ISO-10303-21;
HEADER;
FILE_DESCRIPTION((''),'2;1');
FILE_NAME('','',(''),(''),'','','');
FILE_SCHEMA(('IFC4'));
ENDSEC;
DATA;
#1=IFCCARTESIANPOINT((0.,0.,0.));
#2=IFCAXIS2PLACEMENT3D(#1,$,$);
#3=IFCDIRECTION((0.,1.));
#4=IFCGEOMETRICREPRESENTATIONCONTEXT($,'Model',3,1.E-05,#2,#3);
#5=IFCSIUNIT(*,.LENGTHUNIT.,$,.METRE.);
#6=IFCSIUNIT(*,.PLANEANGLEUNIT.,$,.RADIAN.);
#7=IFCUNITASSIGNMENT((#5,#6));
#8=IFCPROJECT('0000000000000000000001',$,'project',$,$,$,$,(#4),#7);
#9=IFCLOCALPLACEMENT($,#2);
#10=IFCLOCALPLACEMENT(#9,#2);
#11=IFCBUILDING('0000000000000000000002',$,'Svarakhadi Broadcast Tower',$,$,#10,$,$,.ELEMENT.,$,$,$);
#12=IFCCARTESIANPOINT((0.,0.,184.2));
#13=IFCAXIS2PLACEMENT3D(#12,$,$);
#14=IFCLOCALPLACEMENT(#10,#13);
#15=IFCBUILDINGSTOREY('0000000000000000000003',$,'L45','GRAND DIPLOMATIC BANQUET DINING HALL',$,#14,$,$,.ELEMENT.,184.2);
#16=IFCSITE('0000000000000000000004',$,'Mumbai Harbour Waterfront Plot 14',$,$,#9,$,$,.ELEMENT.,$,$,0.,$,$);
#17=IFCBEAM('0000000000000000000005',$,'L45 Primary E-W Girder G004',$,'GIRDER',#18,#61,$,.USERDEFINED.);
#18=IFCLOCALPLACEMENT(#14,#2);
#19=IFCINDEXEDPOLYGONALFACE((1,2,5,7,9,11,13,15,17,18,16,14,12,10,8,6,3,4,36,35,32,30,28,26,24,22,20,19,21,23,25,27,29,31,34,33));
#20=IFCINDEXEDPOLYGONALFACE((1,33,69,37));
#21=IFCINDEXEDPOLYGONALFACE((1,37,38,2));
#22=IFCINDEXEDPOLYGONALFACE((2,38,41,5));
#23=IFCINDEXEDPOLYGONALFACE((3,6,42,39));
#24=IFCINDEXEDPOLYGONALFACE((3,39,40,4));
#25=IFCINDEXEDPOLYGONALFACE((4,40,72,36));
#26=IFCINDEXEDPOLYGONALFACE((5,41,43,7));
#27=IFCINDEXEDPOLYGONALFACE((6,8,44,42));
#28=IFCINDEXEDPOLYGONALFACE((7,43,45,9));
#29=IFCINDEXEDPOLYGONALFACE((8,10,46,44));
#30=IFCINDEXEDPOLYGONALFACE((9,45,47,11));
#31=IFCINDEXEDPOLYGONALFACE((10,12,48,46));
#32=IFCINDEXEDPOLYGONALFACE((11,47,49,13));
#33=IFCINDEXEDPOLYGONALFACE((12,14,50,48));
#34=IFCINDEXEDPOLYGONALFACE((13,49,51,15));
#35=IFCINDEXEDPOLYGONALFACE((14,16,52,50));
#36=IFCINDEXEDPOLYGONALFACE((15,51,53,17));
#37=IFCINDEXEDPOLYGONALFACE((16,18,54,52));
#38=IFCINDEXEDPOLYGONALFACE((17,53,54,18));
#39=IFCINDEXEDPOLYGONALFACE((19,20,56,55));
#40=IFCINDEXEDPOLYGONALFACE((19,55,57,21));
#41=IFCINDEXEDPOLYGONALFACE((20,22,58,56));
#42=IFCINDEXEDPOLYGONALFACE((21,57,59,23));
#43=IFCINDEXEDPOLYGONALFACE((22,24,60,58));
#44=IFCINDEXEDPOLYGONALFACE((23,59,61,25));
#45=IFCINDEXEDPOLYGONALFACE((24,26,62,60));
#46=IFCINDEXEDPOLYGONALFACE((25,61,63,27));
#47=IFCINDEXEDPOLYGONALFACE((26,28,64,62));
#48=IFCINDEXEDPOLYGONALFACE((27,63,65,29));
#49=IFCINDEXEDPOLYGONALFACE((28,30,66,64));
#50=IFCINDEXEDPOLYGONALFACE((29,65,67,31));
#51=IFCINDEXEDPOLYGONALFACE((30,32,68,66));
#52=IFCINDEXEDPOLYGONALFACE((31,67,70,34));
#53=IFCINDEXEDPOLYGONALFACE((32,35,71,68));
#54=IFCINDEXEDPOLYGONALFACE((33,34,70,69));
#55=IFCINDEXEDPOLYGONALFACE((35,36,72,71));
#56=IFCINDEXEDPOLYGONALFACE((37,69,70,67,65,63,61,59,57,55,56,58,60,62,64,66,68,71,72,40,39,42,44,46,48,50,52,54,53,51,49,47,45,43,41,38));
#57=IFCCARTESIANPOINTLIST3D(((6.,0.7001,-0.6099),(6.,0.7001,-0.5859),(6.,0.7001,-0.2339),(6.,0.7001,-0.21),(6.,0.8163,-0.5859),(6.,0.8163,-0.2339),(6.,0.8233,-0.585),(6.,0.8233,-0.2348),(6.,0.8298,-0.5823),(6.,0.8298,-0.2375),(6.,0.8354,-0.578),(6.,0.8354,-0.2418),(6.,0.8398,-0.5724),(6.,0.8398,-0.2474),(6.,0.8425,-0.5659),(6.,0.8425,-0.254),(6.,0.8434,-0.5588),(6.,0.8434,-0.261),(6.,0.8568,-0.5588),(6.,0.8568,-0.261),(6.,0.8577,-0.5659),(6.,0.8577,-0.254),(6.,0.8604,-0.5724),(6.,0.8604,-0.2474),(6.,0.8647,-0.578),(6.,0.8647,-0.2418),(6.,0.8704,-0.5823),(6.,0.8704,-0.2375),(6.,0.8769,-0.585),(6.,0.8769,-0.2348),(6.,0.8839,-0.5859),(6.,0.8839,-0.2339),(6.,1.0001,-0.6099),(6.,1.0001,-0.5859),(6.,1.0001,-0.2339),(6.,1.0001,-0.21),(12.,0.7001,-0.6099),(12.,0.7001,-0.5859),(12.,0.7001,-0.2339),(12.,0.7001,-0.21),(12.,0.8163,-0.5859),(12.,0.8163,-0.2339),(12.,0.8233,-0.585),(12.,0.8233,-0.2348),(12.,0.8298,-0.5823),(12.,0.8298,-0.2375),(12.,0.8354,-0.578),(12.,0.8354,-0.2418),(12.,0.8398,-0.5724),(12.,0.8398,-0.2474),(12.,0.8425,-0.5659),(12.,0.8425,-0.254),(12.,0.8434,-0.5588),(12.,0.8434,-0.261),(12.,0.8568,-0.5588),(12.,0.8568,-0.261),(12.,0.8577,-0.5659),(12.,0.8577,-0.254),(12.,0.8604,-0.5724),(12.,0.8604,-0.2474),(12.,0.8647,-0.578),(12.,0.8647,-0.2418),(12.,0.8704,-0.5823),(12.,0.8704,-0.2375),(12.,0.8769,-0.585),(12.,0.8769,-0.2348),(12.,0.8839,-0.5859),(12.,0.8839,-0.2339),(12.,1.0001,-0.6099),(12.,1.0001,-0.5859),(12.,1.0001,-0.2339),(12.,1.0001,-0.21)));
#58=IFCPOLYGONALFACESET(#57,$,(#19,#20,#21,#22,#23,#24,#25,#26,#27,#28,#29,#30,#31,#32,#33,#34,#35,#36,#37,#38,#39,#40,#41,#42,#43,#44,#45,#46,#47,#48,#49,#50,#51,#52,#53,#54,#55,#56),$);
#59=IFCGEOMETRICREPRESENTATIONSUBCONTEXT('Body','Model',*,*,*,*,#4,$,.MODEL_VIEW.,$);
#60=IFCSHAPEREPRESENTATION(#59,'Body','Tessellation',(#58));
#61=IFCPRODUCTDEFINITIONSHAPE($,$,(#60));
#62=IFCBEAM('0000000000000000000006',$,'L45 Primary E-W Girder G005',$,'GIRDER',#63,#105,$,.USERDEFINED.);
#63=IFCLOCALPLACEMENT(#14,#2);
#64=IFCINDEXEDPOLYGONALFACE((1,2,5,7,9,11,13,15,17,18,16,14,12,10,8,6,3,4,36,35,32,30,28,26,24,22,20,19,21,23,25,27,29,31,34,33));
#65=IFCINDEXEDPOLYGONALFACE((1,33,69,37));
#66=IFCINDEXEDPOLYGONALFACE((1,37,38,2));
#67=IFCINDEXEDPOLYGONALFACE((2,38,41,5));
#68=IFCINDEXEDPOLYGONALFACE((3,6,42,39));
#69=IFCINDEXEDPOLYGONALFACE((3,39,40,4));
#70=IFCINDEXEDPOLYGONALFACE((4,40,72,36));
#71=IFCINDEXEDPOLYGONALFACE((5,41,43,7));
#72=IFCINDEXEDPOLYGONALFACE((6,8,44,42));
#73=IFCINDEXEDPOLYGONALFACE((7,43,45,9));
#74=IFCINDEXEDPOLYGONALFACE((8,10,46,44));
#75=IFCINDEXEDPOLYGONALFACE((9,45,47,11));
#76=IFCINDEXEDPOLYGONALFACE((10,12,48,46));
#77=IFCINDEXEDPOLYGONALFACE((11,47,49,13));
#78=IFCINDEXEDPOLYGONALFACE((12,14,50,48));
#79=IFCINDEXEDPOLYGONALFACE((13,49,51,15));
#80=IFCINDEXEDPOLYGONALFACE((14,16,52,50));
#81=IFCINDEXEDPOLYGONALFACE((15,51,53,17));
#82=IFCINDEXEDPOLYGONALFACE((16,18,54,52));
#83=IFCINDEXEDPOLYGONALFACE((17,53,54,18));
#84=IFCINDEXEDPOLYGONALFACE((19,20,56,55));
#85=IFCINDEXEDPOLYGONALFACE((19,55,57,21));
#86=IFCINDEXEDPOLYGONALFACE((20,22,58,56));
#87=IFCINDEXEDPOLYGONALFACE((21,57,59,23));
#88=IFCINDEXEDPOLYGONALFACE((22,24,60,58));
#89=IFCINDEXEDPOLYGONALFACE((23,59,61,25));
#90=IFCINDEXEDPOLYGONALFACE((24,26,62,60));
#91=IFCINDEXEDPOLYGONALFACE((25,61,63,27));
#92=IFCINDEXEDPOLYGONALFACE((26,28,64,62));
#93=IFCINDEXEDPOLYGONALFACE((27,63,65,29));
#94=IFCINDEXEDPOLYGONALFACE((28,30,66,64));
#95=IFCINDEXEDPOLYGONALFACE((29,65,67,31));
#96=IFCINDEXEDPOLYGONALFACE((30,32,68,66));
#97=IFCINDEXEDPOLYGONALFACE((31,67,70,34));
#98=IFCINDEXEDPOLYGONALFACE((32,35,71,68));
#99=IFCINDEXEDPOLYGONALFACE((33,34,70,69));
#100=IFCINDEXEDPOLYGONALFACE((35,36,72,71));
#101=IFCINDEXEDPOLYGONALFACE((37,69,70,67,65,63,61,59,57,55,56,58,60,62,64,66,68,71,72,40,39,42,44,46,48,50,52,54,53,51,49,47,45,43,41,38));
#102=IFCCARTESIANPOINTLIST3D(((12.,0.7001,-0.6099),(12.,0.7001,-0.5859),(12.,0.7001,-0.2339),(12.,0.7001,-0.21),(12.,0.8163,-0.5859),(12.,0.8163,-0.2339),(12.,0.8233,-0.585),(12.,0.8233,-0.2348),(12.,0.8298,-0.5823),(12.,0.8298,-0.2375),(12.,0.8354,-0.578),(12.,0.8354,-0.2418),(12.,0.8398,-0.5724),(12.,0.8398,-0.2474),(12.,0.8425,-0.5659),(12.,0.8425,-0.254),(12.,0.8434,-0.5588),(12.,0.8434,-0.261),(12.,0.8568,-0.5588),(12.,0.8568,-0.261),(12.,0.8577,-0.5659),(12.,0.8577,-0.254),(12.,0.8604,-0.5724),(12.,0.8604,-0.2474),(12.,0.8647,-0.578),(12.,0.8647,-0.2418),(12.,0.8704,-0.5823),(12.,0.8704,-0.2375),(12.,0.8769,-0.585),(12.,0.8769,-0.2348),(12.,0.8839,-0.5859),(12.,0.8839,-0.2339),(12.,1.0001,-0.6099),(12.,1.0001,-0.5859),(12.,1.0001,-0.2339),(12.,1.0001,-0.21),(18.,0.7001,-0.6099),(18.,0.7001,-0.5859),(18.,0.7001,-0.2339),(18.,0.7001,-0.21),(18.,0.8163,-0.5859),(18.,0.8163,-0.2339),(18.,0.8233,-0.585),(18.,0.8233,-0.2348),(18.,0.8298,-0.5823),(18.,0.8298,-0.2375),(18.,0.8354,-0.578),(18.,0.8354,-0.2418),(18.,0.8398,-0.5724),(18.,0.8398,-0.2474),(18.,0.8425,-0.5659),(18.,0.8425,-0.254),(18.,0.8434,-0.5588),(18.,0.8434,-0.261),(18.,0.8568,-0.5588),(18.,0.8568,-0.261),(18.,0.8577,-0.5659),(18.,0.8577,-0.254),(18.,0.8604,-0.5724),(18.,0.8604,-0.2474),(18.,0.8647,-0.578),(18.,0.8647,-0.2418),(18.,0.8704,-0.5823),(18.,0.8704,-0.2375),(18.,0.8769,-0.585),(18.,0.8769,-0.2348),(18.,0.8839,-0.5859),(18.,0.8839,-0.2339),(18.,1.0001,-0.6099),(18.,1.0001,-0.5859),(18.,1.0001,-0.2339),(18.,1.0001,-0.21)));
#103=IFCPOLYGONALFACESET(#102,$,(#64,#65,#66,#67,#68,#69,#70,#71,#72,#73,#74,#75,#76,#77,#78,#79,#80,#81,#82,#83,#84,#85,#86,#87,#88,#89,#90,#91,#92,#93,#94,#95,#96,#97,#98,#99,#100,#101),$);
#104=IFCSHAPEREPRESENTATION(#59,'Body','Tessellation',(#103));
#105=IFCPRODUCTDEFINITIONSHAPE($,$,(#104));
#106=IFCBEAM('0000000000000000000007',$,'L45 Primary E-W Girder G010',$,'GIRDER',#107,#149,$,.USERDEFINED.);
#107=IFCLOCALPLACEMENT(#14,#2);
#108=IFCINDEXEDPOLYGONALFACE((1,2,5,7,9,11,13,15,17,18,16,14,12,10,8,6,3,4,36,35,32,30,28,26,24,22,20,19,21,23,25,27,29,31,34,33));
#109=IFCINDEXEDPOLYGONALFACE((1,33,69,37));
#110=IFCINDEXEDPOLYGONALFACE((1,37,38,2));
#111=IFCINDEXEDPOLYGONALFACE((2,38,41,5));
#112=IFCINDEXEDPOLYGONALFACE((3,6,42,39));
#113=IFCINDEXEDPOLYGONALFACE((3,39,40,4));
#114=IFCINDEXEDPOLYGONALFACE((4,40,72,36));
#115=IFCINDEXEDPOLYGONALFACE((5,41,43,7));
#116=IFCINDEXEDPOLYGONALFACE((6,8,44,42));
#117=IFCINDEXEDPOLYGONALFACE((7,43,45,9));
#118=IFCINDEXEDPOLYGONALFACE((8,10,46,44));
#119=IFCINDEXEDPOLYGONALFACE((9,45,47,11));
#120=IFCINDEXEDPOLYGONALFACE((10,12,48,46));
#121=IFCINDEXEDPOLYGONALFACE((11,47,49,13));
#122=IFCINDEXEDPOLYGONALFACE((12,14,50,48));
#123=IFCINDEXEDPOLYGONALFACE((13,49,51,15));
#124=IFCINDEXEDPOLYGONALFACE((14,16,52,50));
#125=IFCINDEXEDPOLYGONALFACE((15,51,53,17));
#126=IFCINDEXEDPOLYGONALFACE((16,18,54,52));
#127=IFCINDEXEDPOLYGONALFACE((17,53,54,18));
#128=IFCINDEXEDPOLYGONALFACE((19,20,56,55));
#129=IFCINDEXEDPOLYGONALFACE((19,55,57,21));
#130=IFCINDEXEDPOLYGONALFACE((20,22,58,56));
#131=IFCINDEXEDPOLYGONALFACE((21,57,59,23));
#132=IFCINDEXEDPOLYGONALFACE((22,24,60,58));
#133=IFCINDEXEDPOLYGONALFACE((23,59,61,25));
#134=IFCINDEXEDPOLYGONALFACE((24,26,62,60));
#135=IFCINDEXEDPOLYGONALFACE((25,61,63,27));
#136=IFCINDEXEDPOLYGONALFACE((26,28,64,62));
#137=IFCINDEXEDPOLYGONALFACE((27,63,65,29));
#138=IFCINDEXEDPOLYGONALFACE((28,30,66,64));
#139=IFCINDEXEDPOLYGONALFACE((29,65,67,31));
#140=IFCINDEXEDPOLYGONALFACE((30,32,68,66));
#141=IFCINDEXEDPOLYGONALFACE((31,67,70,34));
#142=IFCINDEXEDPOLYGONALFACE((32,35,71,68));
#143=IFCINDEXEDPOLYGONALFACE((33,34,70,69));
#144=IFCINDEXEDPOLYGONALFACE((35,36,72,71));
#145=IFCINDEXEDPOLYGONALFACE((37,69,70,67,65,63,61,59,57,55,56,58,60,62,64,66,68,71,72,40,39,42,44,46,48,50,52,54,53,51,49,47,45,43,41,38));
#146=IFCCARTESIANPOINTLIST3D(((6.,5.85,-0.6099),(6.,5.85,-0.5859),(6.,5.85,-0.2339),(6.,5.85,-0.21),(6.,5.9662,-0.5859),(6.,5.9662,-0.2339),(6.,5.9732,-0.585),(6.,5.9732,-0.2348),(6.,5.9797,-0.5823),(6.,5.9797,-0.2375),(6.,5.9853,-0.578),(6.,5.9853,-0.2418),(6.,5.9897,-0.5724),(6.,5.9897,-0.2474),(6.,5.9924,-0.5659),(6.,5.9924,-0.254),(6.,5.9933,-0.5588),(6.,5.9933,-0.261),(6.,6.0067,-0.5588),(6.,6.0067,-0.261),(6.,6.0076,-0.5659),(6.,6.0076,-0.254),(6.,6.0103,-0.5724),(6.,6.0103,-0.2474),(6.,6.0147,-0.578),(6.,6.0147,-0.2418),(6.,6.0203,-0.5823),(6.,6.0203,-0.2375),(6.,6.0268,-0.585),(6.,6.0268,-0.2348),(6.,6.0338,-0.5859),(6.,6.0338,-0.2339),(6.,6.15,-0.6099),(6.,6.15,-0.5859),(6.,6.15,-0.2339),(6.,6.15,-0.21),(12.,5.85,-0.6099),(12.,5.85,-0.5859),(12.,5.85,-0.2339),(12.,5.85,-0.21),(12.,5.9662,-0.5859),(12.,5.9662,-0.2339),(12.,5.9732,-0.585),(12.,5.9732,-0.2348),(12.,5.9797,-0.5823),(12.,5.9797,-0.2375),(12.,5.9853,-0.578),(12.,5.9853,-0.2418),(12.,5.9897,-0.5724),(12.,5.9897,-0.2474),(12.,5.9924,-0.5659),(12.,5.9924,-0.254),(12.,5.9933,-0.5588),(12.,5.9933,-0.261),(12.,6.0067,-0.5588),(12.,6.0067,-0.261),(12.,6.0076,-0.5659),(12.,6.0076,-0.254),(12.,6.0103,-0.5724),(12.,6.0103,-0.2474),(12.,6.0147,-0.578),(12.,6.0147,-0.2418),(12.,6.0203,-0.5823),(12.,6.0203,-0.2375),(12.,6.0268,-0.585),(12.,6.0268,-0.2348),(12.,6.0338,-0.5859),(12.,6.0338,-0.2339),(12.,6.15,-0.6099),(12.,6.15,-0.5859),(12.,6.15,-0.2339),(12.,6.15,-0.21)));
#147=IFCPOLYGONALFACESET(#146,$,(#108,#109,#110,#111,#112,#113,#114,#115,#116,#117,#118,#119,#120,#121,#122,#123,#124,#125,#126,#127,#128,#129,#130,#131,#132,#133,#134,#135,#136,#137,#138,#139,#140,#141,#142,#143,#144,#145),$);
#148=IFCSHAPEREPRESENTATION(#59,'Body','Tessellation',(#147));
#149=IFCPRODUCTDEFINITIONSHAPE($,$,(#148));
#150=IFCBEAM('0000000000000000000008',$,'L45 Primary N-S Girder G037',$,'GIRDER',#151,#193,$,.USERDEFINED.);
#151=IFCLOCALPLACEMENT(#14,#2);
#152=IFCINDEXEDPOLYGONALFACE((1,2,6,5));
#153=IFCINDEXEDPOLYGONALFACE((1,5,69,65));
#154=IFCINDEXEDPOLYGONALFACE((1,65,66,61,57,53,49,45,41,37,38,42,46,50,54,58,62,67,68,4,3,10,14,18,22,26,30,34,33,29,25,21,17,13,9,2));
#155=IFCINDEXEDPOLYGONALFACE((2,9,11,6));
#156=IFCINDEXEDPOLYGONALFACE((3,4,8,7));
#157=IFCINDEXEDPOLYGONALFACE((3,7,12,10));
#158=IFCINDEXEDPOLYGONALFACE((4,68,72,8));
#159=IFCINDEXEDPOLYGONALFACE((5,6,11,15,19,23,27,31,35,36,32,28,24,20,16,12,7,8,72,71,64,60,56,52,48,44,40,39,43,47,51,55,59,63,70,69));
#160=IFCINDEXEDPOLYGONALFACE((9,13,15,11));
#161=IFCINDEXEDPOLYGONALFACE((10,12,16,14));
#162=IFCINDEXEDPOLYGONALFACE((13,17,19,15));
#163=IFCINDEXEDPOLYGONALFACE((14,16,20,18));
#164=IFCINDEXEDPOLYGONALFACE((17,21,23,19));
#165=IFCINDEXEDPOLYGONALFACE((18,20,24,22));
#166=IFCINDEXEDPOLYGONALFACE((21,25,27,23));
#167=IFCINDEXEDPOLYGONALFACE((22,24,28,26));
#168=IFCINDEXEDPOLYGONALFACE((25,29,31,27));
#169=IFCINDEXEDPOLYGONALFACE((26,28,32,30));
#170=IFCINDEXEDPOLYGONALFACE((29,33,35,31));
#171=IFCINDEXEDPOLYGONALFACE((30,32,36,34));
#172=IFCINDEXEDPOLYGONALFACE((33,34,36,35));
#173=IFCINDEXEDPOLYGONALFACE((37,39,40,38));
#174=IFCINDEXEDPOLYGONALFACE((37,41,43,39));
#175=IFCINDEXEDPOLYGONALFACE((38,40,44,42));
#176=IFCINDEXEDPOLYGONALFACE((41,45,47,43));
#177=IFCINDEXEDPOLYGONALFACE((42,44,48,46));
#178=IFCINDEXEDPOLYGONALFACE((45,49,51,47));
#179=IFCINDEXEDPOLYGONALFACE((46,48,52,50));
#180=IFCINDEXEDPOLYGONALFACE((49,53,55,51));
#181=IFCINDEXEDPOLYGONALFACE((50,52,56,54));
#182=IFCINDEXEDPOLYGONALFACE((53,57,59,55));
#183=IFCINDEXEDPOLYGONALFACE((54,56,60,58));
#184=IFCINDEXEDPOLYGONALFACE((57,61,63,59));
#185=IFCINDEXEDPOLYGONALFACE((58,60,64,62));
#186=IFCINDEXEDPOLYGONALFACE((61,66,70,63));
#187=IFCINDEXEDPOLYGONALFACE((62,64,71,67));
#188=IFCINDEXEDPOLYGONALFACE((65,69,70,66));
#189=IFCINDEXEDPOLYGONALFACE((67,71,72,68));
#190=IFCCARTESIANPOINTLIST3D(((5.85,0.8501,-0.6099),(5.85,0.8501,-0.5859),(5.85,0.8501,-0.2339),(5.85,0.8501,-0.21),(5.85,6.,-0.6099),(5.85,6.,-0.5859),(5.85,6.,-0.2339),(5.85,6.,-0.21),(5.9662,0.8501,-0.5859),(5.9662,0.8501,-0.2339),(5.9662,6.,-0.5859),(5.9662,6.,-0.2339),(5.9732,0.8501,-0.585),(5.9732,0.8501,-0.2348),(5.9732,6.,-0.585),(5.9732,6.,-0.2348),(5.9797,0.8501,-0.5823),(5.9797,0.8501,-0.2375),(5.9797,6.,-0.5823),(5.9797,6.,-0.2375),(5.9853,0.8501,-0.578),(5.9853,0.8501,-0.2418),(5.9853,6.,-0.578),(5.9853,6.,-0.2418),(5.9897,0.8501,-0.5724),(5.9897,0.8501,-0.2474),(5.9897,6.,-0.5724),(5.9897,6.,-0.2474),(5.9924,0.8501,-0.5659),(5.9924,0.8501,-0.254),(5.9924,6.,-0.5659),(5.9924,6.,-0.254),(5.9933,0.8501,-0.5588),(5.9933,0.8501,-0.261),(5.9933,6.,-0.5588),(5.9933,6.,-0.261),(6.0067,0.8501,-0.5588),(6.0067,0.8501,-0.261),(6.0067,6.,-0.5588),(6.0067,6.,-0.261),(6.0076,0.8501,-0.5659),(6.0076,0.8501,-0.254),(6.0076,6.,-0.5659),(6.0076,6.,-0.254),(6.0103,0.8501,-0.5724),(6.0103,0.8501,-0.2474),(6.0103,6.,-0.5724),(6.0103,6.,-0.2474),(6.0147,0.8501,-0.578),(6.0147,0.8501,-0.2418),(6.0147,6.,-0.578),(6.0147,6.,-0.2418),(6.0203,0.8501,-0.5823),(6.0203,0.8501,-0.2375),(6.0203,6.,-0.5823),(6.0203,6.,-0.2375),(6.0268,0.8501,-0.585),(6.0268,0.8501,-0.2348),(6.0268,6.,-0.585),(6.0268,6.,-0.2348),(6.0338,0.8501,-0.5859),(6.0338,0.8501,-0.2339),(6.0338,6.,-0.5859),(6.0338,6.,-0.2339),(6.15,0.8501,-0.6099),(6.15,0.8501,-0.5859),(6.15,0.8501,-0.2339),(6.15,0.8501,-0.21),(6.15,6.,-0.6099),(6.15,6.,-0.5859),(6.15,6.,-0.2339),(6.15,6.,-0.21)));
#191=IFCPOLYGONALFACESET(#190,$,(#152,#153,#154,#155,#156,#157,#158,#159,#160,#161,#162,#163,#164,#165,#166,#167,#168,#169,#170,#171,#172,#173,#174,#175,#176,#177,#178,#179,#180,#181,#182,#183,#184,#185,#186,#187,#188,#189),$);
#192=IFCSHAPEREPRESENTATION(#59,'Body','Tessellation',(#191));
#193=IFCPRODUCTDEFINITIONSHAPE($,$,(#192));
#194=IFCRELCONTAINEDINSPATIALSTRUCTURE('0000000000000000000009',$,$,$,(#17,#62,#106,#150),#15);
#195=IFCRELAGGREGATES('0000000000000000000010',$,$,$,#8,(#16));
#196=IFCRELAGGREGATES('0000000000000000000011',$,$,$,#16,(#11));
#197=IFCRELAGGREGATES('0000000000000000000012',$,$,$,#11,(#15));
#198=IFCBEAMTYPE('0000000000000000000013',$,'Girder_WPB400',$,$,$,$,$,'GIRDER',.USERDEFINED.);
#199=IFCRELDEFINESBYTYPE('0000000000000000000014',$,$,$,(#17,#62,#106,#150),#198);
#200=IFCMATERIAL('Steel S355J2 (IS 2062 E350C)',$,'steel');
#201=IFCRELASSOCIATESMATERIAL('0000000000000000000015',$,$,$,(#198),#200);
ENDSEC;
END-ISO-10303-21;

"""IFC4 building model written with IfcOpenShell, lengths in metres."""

from ifc_helpers import new_model, si_unit, direction, frame, origin, origin_2d, place, context, subcontext, project, spatial, i_section, extrude, material, material_profile, profile_set, type_object, element, save


model = new_model("IFC4")

# Units and contexts
model_context = context("Model", 3, precision=1e-05, world=origin(), true_north=direction((0.0, 1.0)))
body_context = subcontext(model_context, "Body", "Model", "MODEL_VIEW")
ifc_project = project(units=[si_unit("LENGTHUNIT", "METRE"), si_unit("PLANEANGLEUNIT", "RADIAN")], contexts=[model_context])

# Site, building, storey
site_placement = place(None, origin())
site = spatial("IfcSite", under=ifc_project, at=site_placement, Name="Mumbai Harbour Waterfront Plot 14", CompositionType="ELEMENT", RefElevation=0.0)
building_placement = place(site_placement, origin())
building = spatial("IfcBuilding", under=site, at=building_placement, Name="Svarakhadi Broadcast Tower", CompositionType="ELEMENT")
storey_placement = place(building_placement, frame((0.0, 0.0, 184.2)))
storey = spatial("IfcBuildingStorey", under=building, at=storey_placement, Name="L45", Description="GRAND DIPLOMATIC BANQUET DINING HALL", CompositionType="ELEMENT", Elevation=184.2)

# Shared definitions
ifc_material_1 = material(Name="Steel S355J2 (IS 2062 E350C)", Category="steel")

# Beams
ifc_material_profile_1 = material_profile(ifc_material_1, i_section(OverallWidth=0.3, OverallDepth=0.3999, WebThickness=0.0134, FlangeThickness=0.0239, FilletRadius=0.0271, at=origin_2d()), Name="WPB 400x300x155")
ifc_profile_set_1 = profile_set([ifc_material_profile_1], Name="Steel S355J2 (IS 2062 E350C)")
beam_type_1 = type_object("IfcBeamType", Name="Girder_WPB400", ElementType="GIRDER", PredefinedType="USERDEFINED", material=ifc_profile_set_1)
for number, where, z_axis, x_axis, name in (
    (1, (6.0, 0.8501, -0.4099), (1.0, 0.0, 0.0), (0.0, 1.0, 0.0), "L45 Primary E-W Girder G004"),
    (2, (12.0, 0.8501, -0.4099), (1.0, 0.0, 0.0), (0.0, 1.0, 0.0), "L45 Primary E-W Girder G005"),
    (3, (6.0, 6.0, -0.4099), (1.0, 0.0, 0.0), (0.0, 1.0, 0.0), "L45 Primary E-W Girder G010"),
):
    element("IfcBeam", number, at=place(storey_placement, frame(where, z_axis=z_axis, x_axis=x_axis)), inside=storey, type_object=beam_type_1, Name=name, ObjectType="GIRDER", PredefinedType="USERDEFINED", context=body_context, shape_type="SweptSolid", body=[
        extrude(i_section(OverallWidth=0.3, OverallDepth=0.3999, WebThickness=0.0134, FlangeThickness=0.0239, FilletRadius=0.0271, at=origin_2d()), origin(), (0.0, 0.0, 1.0), 6.0),
    ])
for number, where, z_axis, x_axis, name in (
    (4, (6.0, 0.8501, -0.4099), (0.0, 1.0, 0.0), (-1.0, 0.0, 0.0), "L45 Primary N-S Girder G037"),
):
    element("IfcBeam", number, at=place(storey_placement, frame(where, z_axis=z_axis, x_axis=x_axis)), inside=storey, type_object=beam_type_1, Name=name, ObjectType="GIRDER", PredefinedType="USERDEFINED", context=body_context, shape_type="SweptSolid", body=[
        extrude(i_section(OverallWidth=0.3, OverallDepth=0.3999, WebThickness=0.0134, FlangeThickness=0.0239, FilletRadius=0.0271, at=origin_2d()), origin(), (0.0, 0.0, 1.0), 5.1499),
    ])

save(model, "model.ifc")
